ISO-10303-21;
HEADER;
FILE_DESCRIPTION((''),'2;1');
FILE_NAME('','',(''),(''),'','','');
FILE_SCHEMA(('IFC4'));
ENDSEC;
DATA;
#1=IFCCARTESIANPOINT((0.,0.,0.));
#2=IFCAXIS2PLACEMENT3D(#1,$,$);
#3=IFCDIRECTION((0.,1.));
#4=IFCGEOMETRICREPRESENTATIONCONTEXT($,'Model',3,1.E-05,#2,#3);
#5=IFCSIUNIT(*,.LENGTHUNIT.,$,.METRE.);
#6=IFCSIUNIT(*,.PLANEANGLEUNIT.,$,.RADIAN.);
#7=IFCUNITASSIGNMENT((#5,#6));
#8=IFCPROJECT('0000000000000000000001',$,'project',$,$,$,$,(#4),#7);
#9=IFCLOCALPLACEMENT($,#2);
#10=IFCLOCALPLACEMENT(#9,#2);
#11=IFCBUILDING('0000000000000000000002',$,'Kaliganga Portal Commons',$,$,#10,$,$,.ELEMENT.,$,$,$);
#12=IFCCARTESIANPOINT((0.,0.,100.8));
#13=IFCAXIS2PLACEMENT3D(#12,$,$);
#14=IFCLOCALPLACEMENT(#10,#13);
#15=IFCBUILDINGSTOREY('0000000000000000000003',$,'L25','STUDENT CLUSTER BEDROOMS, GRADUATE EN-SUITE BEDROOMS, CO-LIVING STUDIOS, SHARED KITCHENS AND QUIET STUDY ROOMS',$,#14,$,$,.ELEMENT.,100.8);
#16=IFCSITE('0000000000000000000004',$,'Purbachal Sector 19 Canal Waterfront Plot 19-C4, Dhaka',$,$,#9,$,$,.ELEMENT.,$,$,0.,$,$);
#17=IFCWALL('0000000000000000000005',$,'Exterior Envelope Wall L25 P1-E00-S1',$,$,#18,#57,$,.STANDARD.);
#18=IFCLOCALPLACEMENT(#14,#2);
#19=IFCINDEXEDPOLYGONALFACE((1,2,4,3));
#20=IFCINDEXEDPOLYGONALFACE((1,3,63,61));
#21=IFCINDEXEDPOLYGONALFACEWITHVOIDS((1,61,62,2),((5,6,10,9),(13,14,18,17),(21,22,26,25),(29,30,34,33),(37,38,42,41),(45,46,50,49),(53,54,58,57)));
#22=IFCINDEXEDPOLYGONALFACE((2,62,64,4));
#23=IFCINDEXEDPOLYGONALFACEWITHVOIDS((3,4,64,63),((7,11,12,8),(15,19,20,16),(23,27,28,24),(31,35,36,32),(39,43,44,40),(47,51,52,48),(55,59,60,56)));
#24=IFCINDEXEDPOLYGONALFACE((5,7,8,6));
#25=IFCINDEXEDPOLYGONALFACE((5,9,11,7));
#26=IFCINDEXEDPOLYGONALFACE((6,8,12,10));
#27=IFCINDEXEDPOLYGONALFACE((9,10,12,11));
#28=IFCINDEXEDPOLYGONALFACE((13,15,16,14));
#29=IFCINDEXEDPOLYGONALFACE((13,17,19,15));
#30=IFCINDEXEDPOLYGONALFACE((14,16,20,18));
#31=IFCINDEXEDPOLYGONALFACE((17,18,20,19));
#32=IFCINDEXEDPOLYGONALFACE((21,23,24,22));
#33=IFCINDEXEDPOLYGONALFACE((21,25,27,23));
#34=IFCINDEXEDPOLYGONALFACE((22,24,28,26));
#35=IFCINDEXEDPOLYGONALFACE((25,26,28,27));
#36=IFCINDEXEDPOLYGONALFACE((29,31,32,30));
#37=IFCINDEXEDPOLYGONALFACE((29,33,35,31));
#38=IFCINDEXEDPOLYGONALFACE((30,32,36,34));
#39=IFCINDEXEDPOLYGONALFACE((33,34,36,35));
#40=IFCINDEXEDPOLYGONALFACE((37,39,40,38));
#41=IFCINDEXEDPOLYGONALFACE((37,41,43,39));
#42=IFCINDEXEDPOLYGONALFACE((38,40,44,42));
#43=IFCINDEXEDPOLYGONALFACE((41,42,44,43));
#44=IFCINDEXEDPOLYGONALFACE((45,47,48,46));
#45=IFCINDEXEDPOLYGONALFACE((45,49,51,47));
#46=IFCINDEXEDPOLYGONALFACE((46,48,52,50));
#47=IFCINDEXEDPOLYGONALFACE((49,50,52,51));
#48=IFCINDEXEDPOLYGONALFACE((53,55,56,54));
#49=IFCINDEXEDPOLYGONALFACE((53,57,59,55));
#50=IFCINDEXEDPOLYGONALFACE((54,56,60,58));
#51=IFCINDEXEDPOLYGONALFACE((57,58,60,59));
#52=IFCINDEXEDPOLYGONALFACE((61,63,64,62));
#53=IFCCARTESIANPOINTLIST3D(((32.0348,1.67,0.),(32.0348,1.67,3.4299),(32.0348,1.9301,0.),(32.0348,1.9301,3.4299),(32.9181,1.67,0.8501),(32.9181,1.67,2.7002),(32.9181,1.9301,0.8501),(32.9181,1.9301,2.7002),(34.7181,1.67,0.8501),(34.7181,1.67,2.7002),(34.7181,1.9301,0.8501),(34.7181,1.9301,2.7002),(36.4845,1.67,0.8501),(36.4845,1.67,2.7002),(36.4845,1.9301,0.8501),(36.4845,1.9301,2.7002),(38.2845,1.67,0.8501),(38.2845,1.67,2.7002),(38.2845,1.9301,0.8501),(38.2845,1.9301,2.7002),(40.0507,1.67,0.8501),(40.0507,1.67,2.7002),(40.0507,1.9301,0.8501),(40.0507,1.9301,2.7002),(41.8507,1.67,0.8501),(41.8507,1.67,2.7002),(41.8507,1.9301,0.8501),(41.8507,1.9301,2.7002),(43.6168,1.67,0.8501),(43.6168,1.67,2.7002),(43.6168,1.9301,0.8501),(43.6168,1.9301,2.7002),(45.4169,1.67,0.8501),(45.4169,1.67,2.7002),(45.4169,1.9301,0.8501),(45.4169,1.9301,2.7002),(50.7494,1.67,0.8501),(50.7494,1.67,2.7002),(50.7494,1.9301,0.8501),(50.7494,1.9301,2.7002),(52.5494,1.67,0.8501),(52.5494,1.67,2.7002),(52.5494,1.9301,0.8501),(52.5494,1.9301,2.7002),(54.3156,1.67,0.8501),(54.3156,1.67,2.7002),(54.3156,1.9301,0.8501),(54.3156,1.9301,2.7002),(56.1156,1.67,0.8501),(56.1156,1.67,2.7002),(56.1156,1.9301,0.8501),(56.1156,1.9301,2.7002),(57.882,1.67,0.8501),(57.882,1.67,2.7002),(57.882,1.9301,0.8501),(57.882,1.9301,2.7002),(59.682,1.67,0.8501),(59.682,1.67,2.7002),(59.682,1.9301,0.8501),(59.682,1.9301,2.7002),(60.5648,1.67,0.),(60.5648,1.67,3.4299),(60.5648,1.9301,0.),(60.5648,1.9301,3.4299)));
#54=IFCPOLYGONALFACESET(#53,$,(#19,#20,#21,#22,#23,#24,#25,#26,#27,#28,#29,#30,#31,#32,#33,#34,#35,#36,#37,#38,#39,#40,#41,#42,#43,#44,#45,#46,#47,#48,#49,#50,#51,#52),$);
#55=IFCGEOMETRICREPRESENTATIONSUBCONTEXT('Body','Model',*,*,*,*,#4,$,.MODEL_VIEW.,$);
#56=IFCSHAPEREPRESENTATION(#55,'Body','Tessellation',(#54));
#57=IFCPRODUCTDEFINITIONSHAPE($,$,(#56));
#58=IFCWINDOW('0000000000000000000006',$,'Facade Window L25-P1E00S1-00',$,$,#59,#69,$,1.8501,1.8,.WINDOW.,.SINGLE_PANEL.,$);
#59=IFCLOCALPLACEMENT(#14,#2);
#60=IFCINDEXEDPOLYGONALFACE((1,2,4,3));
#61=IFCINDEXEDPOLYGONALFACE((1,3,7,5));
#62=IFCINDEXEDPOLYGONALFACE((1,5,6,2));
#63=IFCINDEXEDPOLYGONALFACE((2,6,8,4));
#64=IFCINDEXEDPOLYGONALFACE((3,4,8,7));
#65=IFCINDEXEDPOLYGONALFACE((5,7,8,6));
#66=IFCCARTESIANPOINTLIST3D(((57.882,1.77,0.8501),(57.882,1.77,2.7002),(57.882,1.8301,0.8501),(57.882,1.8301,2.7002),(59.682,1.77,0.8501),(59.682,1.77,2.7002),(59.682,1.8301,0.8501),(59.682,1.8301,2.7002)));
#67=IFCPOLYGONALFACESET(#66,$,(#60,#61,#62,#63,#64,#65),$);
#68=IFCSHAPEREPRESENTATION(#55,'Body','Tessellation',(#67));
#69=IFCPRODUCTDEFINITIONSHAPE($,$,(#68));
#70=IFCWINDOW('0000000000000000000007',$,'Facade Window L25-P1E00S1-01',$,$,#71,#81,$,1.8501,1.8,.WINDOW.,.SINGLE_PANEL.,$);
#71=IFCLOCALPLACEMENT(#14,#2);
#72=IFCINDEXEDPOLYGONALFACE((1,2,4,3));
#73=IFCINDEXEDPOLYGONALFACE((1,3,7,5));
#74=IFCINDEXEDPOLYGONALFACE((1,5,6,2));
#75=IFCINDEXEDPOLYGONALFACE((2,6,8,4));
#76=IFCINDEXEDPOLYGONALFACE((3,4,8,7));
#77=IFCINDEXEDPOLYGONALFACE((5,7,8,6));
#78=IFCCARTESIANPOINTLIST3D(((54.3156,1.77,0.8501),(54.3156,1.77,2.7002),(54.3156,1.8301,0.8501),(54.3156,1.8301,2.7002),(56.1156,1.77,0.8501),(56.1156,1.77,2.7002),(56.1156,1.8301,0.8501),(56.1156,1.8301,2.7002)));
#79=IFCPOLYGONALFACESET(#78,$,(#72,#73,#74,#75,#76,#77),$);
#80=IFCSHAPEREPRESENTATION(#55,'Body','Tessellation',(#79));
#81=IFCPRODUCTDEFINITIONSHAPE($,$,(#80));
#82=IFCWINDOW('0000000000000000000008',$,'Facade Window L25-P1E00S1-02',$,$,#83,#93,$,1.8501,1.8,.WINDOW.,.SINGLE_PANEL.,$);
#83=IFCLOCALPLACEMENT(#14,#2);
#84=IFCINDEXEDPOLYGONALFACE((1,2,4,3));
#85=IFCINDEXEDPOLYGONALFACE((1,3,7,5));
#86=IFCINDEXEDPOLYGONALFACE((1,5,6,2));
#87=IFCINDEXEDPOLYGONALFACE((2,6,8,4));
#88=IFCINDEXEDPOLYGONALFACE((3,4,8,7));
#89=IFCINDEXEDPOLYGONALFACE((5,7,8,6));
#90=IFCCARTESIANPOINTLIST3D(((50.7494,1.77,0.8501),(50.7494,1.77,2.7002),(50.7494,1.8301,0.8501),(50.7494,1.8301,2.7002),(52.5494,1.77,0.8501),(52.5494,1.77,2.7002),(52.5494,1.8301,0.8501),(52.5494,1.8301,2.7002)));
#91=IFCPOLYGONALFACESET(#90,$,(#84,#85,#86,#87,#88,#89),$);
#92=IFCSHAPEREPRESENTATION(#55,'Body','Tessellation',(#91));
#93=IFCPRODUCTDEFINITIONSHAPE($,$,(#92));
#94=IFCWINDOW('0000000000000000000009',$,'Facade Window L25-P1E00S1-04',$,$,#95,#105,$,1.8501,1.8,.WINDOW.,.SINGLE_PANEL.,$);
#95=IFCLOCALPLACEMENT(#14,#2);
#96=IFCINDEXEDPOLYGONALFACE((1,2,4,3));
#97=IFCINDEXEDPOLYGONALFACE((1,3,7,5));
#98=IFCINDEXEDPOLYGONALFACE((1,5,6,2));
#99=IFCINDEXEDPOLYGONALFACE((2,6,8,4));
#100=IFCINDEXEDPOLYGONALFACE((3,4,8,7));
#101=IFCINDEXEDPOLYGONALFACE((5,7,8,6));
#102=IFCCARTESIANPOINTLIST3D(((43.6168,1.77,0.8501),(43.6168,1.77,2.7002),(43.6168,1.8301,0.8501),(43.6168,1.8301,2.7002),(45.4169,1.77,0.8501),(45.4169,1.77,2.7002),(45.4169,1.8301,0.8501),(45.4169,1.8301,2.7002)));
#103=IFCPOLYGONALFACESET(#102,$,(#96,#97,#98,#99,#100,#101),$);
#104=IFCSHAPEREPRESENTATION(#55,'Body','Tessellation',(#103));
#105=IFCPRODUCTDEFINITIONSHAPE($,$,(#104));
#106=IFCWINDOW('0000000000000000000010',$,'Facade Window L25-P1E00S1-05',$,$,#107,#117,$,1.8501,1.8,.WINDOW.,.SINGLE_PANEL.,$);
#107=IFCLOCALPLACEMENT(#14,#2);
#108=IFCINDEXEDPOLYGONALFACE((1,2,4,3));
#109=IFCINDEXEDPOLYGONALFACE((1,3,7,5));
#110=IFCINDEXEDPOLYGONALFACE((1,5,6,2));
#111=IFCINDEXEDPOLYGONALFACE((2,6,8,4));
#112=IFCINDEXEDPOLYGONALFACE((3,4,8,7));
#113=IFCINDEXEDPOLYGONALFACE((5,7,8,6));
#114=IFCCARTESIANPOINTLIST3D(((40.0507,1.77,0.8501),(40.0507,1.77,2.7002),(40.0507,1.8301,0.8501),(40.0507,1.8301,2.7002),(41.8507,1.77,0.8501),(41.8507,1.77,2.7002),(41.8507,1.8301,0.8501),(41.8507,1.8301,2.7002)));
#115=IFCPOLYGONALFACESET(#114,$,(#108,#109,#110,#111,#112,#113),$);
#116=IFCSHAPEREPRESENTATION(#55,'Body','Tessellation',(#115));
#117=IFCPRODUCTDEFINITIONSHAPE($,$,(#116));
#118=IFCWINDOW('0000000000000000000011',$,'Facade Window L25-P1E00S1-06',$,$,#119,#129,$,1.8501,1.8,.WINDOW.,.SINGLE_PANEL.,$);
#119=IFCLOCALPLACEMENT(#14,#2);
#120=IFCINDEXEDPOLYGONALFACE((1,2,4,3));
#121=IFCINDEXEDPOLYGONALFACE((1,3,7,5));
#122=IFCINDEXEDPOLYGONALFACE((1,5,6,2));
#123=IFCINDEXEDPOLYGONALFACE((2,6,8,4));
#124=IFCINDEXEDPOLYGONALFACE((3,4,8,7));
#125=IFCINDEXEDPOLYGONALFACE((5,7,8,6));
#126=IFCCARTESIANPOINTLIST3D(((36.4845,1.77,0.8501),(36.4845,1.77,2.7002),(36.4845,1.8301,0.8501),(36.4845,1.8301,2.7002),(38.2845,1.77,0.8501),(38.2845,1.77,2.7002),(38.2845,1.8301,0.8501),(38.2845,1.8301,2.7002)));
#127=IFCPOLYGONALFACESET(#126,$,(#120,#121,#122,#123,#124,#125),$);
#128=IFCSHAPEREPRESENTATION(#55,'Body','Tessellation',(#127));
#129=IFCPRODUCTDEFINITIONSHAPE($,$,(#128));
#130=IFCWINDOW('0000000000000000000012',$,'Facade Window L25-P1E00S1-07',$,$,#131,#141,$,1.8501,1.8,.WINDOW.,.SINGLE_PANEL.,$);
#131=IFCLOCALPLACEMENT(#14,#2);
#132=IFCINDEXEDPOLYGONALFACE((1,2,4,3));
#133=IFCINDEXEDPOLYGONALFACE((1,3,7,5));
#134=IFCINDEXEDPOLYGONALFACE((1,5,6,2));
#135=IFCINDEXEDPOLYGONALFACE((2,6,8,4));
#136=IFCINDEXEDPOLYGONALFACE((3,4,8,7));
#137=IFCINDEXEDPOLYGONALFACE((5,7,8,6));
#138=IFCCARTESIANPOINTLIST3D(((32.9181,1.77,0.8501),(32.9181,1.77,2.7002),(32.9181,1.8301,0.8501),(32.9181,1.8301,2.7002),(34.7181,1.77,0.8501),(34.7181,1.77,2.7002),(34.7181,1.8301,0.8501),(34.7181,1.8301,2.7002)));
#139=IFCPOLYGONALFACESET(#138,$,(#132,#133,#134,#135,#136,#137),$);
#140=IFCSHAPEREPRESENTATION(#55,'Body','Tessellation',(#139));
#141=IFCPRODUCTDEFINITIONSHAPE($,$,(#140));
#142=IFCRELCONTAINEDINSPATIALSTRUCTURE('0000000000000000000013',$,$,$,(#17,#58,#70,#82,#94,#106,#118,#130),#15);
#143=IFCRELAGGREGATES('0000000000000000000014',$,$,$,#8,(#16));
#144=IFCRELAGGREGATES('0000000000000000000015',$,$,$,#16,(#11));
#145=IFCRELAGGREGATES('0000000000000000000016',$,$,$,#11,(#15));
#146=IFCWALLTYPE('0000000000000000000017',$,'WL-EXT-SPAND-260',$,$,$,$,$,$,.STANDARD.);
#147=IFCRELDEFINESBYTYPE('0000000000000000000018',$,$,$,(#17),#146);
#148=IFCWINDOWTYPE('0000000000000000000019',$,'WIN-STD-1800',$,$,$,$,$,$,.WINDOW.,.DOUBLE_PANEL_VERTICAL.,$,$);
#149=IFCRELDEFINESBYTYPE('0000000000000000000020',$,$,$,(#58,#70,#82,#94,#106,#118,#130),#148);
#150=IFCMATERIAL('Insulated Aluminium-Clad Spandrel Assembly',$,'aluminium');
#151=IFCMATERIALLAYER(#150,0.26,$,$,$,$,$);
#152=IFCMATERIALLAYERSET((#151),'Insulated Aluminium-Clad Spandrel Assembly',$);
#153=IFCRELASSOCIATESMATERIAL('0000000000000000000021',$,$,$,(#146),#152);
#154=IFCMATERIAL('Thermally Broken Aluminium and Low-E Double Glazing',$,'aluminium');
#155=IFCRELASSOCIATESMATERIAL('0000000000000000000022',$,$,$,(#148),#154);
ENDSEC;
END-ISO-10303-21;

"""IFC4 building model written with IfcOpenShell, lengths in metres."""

from ifc_helpers import new_model, si_unit, direction, frame, frame_2d, origin, place, context, subcontext, project, spatial, rectangle, extrude, material, layer, layer_set, type_object, element, fill, save


model = new_model("IFC4")

# Units and contexts
model_context = context("Model", 3, precision=1e-05, world=origin(), true_north=direction((0.0, 1.0)))
body_context = subcontext(model_context, "Body", "Model", "MODEL_VIEW")
ifc_project = project(units=[si_unit("LENGTHUNIT", "METRE"), si_unit("PLANEANGLEUNIT", "RADIAN")], contexts=[model_context])

# Site, building, storey
site_placement = place(None, origin())
site = spatial("IfcSite", under=ifc_project, at=site_placement, Name="Purbachal Sector 19 Canal Waterfront Plot 19-C4, Dhaka", CompositionType="ELEMENT", RefElevation=0.0)
building_placement = place(site_placement, origin())
building = spatial("IfcBuilding", under=site, at=building_placement, Name="Kaliganga Portal Commons", CompositionType="ELEMENT")
storey_placement = place(building_placement, frame((0.0, 0.0, 100.8)))
storey = spatial("IfcBuildingStorey", under=building, at=storey_placement, Name="L25", Description="STUDENT CLUSTER BEDROOMS, GRADUATE EN-SUITE BEDROOMS, CO-LIVING STUDIOS, SHARED KITCHENS AND QUIET STUDY ROOMS", CompositionType="ELEMENT", Elevation=100.8)

# Wall, openings, windows
ifc_material_1 = material(Name="Insulated Aluminium-Clad Spandrel Assembly", Category="aluminium")
ifc_layer_1 = layer(ifc_material_1, 0.26)
ifc_layer_set_1 = layer_set([ifc_layer_1], Name="Insulated Aluminium-Clad Spandrel Assembly")
wall_type_1 = type_object("IfcWallType", Name="WL-EXT-SPAND-260", PredefinedType="STANDARD", material=ifc_layer_set_1)
wall_1_placement = place(storey_placement, frame((60.5649, 1.8, 0.0), z_axis=(0.0, 0.0, 1.0), x_axis=(-1.0, 0.0, 0.0)))
wall_1 = element("IfcWall", 1, at=wall_1_placement, inside=storey, type_object=wall_type_1, Name="Exterior Envelope Wall L25 P1-E00-S1", PredefinedType="STANDARD", context=body_context, shape_type="SweptSolid", body=[
    extrude(rectangle(XDim=28.53, YDim=0.26, at=frame_2d((14.2651, 0.0))), origin(), (0.0, 0.0, 1.0), 3.4299),
])
opening_1_placement = place(wall_1_placement, frame((0.8831, 0.0, 0.8501)))
opening_1 = element("IfcOpeningElement", 2, at=opening_1_placement, cuts=wall_1, PredefinedType="OPENING", context=body_context, shape_type="SweptSolid", body=[
    extrude(rectangle(XDim=1.8, YDim=1.8501, at=frame_2d((0.8999, 0.925))), frame((0.0, 0.1401, 0.0), z_axis=(0.0, -1.0, 0.0), x_axis=(1.0, 0.0, 0.0)), (0.0, 0.0, 1.0), 0.28),
])
opening_2_placement = place(wall_1_placement, frame((4.4495, 0.0, 0.8501)))
opening_2 = element("IfcOpeningElement", 3, at=opening_2_placement, cuts=wall_1, PredefinedType="OPENING", context=body_context, shape_type="SweptSolid", body=[
    extrude(rectangle(XDim=1.8, YDim=1.8501, at=frame_2d((0.8999, 0.925))), frame((0.0, 0.1401, 0.0), z_axis=(0.0, -1.0, 0.0), x_axis=(1.0, 0.0, 0.0)), (0.0, 0.0, 1.0), 0.28),
])
opening_3_placement = place(wall_1_placement, frame((8.0156, 0.0, 0.8501)))
opening_3 = element("IfcOpeningElement", 4, at=opening_3_placement, cuts=wall_1, PredefinedType="OPENING", context=body_context, shape_type="SweptSolid", body=[
    extrude(rectangle(XDim=1.8, YDim=1.8501, at=frame_2d((0.8999, 0.925))), frame((0.0, 0.1401, 0.0), z_axis=(0.0, -1.0, 0.0), x_axis=(1.0, 0.0, 0.0)), (0.0, 0.0, 1.0), 0.28),
])
opening_4_placement = place(wall_1_placement, frame((15.1482, 0.0, 0.8501)))
opening_4 = element("IfcOpeningElement", 5, at=opening_4_placement, cuts=wall_1, PredefinedType="OPENING", context=body_context, shape_type="SweptSolid", body=[
    extrude(rectangle(XDim=1.8, YDim=1.8501, at=frame_2d((0.8999, 0.925))), frame((0.0, 0.1401, 0.0), z_axis=(0.0, -1.0, 0.0), x_axis=(1.0, 0.0, 0.0)), (0.0, 0.0, 1.0), 0.28),
])
opening_5_placement = place(wall_1_placement, frame((18.7144, 0.0, 0.8501)))
opening_5 = element("IfcOpeningElement", 6, at=opening_5_placement, cuts=wall_1, PredefinedType="OPENING", context=body_context, shape_type="SweptSolid", body=[
    extrude(rectangle(XDim=1.8, YDim=1.8501, at=frame_2d((0.8999, 0.925))), frame((0.0, 0.1401, 0.0), z_axis=(0.0, -1.0, 0.0), x_axis=(1.0, 0.0, 0.0)), (0.0, 0.0, 1.0), 0.28),
])
opening_6_placement = place(wall_1_placement, frame((22.2805, 0.0, 0.8501)))
opening_6 = element("IfcOpeningElement", 7, at=opening_6_placement, cuts=wall_1, PredefinedType="OPENING", context=body_context, shape_type="SweptSolid", body=[
    extrude(rectangle(XDim=1.8, YDim=1.8501, at=frame_2d((0.8999, 0.925))), frame((0.0, 0.1401, 0.0), z_axis=(0.0, -1.0, 0.0), x_axis=(1.0, 0.0, 0.0)), (0.0, 0.0, 1.0), 0.28),
])
opening_7_placement = place(wall_1_placement, frame((25.8469, 0.0, 0.8501)))
opening_7 = element("IfcOpeningElement", 8, at=opening_7_placement, cuts=wall_1, PredefinedType="OPENING", context=body_context, shape_type="SweptSolid", body=[
    extrude(rectangle(XDim=1.8, YDim=1.8501, at=frame_2d((0.8999, 0.925))), frame((0.0, 0.1401, 0.0), z_axis=(0.0, -1.0, 0.0), x_axis=(1.0, 0.0, 0.0)), (0.0, 0.0, 1.0), 0.28),
])
ifc_material_2 = material(Name="Thermally Broken Aluminium and Low-E Double Glazing", Category="aluminium")
window_type = type_object("IfcWindowType", Name="WIN-STD-1800", PartitioningType="DOUBLE_PANEL_VERTICAL", PredefinedType="WINDOW", material=ifc_material_2)
window_1_placement = place(opening_1_placement, origin())
window_1 = element("IfcWindow", 9, at=window_1_placement, inside=storey, type_object=window_type, Name="Facade Window L25-P1E00S1-00", OverallHeight=1.8501, OverallWidth=1.8, PartitioningType="SINGLE_PANEL", PredefinedType="WINDOW", context=body_context, shape_type="SweptSolid", body=[
    extrude(rectangle(XDim=1.8, YDim=1.8501, at=frame_2d((0.8999, 0.925))), frame((0.0, 0.03, 0.0), z_axis=(0.0, -1.0, 0.0), x_axis=(1.0, 0.0, 0.0)), (0.0, 0.0, 1.0), 0.0601),
])
fill(opening_1, window_1)
window_2_placement = place(opening_2_placement, origin())
window_2 = element("IfcWindow", 10, at=window_2_placement, inside=storey, type_object=window_type, Name="Facade Window L25-P1E00S1-01", OverallHeight=1.8501, OverallWidth=1.8, PartitioningType="SINGLE_PANEL", PredefinedType="WINDOW", context=body_context, shape_type="SweptSolid", body=[
    extrude(rectangle(XDim=1.8, YDim=1.8501, at=frame_2d((0.8999, 0.925))), frame((0.0, 0.03, 0.0), z_axis=(0.0, -1.0, 0.0), x_axis=(1.0, 0.0, 0.0)), (0.0, 0.0, 1.0), 0.0601),
])
fill(opening_2, window_2)
window_3_placement = place(opening_3_placement, origin())
window_3 = element("IfcWindow", 11, at=window_3_placement, inside=storey, type_object=window_type, Name="Facade Window L25-P1E00S1-02", OverallHeight=1.8501, OverallWidth=1.8, PartitioningType="SINGLE_PANEL", PredefinedType="WINDOW", context=body_context, shape_type="SweptSolid", body=[
    extrude(rectangle(XDim=1.8, YDim=1.8501, at=frame_2d((0.8999, 0.925))), frame((0.0, 0.03, 0.0), z_axis=(0.0, -1.0, 0.0), x_axis=(1.0, 0.0, 0.0)), (0.0, 0.0, 1.0), 0.0601),
])
fill(opening_3, window_3)
window_4_placement = place(opening_4_placement, origin())
window_4 = element("IfcWindow", 12, at=window_4_placement, inside=storey, type_object=window_type, Name="Facade Window L25-P1E00S1-04", OverallHeight=1.8501, OverallWidth=1.8, PartitioningType="SINGLE_PANEL", PredefinedType="WINDOW", context=body_context, shape_type="SweptSolid", body=[
    extrude(rectangle(XDim=1.8, YDim=1.8501, at=frame_2d((0.8999, 0.925))), frame((0.0, 0.03, 0.0), z_axis=(0.0, -1.0, 0.0), x_axis=(1.0, 0.0, 0.0)), (0.0, 0.0, 1.0), 0.0601),
])
fill(opening_4, window_4)
window_5_placement = place(opening_5_placement, origin())
window_5 = element("IfcWindow", 13, at=window_5_placement, inside=storey, type_object=window_type, Name="Facade Window L25-P1E00S1-05", OverallHeight=1.8501, OverallWidth=1.8, PartitioningType="SINGLE_PANEL", PredefinedType="WINDOW", context=body_context, shape_type="SweptSolid", body=[
    extrude(rectangle(XDim=1.8, YDim=1.8501, at=frame_2d((0.8999, 0.925))), frame((0.0, 0.03, 0.0), z_axis=(0.0, -1.0, 0.0), x_axis=(1.0, 0.0, 0.0)), (0.0, 0.0, 1.0), 0.0601),
])
fill(opening_5, window_5)
window_6_placement = place(opening_6_placement, origin())
window_6 = element("IfcWindow", 14, at=window_6_placement, inside=storey, type_object=window_type, Name="Facade Window L25-P1E00S1-06", OverallHeight=1.8501, OverallWidth=1.8, PartitioningType="SINGLE_PANEL", PredefinedType="WINDOW", context=body_context, shape_type="SweptSolid", body=[
    extrude(rectangle(XDim=1.8, YDim=1.8501, at=frame_2d((0.8999, 0.925))), frame((0.0, 0.03, 0.0), z_axis=(0.0, -1.0, 0.0), x_axis=(1.0, 0.0, 0.0)), (0.0, 0.0, 1.0), 0.0601),
])
fill(opening_6, window_6)
window_7_placement = place(opening_7_placement, origin())
window_7 = element("IfcWindow", 15, at=window_7_placement, inside=storey, type_object=window_type, Name="Facade Window L25-P1E00S1-07", OverallHeight=1.8501, OverallWidth=1.8, PartitioningType="SINGLE_PANEL", PredefinedType="WINDOW", context=body_context, shape_type="SweptSolid", body=[
    extrude(rectangle(XDim=1.8, YDim=1.8501, at=frame_2d((0.8999, 0.925))), frame((0.0, 0.03, 0.0), z_axis=(0.0, -1.0, 0.0), x_axis=(1.0, 0.0, 0.0)), (0.0, 0.0, 1.0), 0.0601),
])
fill(opening_7, window_7)

save(model, "model.ifc")
